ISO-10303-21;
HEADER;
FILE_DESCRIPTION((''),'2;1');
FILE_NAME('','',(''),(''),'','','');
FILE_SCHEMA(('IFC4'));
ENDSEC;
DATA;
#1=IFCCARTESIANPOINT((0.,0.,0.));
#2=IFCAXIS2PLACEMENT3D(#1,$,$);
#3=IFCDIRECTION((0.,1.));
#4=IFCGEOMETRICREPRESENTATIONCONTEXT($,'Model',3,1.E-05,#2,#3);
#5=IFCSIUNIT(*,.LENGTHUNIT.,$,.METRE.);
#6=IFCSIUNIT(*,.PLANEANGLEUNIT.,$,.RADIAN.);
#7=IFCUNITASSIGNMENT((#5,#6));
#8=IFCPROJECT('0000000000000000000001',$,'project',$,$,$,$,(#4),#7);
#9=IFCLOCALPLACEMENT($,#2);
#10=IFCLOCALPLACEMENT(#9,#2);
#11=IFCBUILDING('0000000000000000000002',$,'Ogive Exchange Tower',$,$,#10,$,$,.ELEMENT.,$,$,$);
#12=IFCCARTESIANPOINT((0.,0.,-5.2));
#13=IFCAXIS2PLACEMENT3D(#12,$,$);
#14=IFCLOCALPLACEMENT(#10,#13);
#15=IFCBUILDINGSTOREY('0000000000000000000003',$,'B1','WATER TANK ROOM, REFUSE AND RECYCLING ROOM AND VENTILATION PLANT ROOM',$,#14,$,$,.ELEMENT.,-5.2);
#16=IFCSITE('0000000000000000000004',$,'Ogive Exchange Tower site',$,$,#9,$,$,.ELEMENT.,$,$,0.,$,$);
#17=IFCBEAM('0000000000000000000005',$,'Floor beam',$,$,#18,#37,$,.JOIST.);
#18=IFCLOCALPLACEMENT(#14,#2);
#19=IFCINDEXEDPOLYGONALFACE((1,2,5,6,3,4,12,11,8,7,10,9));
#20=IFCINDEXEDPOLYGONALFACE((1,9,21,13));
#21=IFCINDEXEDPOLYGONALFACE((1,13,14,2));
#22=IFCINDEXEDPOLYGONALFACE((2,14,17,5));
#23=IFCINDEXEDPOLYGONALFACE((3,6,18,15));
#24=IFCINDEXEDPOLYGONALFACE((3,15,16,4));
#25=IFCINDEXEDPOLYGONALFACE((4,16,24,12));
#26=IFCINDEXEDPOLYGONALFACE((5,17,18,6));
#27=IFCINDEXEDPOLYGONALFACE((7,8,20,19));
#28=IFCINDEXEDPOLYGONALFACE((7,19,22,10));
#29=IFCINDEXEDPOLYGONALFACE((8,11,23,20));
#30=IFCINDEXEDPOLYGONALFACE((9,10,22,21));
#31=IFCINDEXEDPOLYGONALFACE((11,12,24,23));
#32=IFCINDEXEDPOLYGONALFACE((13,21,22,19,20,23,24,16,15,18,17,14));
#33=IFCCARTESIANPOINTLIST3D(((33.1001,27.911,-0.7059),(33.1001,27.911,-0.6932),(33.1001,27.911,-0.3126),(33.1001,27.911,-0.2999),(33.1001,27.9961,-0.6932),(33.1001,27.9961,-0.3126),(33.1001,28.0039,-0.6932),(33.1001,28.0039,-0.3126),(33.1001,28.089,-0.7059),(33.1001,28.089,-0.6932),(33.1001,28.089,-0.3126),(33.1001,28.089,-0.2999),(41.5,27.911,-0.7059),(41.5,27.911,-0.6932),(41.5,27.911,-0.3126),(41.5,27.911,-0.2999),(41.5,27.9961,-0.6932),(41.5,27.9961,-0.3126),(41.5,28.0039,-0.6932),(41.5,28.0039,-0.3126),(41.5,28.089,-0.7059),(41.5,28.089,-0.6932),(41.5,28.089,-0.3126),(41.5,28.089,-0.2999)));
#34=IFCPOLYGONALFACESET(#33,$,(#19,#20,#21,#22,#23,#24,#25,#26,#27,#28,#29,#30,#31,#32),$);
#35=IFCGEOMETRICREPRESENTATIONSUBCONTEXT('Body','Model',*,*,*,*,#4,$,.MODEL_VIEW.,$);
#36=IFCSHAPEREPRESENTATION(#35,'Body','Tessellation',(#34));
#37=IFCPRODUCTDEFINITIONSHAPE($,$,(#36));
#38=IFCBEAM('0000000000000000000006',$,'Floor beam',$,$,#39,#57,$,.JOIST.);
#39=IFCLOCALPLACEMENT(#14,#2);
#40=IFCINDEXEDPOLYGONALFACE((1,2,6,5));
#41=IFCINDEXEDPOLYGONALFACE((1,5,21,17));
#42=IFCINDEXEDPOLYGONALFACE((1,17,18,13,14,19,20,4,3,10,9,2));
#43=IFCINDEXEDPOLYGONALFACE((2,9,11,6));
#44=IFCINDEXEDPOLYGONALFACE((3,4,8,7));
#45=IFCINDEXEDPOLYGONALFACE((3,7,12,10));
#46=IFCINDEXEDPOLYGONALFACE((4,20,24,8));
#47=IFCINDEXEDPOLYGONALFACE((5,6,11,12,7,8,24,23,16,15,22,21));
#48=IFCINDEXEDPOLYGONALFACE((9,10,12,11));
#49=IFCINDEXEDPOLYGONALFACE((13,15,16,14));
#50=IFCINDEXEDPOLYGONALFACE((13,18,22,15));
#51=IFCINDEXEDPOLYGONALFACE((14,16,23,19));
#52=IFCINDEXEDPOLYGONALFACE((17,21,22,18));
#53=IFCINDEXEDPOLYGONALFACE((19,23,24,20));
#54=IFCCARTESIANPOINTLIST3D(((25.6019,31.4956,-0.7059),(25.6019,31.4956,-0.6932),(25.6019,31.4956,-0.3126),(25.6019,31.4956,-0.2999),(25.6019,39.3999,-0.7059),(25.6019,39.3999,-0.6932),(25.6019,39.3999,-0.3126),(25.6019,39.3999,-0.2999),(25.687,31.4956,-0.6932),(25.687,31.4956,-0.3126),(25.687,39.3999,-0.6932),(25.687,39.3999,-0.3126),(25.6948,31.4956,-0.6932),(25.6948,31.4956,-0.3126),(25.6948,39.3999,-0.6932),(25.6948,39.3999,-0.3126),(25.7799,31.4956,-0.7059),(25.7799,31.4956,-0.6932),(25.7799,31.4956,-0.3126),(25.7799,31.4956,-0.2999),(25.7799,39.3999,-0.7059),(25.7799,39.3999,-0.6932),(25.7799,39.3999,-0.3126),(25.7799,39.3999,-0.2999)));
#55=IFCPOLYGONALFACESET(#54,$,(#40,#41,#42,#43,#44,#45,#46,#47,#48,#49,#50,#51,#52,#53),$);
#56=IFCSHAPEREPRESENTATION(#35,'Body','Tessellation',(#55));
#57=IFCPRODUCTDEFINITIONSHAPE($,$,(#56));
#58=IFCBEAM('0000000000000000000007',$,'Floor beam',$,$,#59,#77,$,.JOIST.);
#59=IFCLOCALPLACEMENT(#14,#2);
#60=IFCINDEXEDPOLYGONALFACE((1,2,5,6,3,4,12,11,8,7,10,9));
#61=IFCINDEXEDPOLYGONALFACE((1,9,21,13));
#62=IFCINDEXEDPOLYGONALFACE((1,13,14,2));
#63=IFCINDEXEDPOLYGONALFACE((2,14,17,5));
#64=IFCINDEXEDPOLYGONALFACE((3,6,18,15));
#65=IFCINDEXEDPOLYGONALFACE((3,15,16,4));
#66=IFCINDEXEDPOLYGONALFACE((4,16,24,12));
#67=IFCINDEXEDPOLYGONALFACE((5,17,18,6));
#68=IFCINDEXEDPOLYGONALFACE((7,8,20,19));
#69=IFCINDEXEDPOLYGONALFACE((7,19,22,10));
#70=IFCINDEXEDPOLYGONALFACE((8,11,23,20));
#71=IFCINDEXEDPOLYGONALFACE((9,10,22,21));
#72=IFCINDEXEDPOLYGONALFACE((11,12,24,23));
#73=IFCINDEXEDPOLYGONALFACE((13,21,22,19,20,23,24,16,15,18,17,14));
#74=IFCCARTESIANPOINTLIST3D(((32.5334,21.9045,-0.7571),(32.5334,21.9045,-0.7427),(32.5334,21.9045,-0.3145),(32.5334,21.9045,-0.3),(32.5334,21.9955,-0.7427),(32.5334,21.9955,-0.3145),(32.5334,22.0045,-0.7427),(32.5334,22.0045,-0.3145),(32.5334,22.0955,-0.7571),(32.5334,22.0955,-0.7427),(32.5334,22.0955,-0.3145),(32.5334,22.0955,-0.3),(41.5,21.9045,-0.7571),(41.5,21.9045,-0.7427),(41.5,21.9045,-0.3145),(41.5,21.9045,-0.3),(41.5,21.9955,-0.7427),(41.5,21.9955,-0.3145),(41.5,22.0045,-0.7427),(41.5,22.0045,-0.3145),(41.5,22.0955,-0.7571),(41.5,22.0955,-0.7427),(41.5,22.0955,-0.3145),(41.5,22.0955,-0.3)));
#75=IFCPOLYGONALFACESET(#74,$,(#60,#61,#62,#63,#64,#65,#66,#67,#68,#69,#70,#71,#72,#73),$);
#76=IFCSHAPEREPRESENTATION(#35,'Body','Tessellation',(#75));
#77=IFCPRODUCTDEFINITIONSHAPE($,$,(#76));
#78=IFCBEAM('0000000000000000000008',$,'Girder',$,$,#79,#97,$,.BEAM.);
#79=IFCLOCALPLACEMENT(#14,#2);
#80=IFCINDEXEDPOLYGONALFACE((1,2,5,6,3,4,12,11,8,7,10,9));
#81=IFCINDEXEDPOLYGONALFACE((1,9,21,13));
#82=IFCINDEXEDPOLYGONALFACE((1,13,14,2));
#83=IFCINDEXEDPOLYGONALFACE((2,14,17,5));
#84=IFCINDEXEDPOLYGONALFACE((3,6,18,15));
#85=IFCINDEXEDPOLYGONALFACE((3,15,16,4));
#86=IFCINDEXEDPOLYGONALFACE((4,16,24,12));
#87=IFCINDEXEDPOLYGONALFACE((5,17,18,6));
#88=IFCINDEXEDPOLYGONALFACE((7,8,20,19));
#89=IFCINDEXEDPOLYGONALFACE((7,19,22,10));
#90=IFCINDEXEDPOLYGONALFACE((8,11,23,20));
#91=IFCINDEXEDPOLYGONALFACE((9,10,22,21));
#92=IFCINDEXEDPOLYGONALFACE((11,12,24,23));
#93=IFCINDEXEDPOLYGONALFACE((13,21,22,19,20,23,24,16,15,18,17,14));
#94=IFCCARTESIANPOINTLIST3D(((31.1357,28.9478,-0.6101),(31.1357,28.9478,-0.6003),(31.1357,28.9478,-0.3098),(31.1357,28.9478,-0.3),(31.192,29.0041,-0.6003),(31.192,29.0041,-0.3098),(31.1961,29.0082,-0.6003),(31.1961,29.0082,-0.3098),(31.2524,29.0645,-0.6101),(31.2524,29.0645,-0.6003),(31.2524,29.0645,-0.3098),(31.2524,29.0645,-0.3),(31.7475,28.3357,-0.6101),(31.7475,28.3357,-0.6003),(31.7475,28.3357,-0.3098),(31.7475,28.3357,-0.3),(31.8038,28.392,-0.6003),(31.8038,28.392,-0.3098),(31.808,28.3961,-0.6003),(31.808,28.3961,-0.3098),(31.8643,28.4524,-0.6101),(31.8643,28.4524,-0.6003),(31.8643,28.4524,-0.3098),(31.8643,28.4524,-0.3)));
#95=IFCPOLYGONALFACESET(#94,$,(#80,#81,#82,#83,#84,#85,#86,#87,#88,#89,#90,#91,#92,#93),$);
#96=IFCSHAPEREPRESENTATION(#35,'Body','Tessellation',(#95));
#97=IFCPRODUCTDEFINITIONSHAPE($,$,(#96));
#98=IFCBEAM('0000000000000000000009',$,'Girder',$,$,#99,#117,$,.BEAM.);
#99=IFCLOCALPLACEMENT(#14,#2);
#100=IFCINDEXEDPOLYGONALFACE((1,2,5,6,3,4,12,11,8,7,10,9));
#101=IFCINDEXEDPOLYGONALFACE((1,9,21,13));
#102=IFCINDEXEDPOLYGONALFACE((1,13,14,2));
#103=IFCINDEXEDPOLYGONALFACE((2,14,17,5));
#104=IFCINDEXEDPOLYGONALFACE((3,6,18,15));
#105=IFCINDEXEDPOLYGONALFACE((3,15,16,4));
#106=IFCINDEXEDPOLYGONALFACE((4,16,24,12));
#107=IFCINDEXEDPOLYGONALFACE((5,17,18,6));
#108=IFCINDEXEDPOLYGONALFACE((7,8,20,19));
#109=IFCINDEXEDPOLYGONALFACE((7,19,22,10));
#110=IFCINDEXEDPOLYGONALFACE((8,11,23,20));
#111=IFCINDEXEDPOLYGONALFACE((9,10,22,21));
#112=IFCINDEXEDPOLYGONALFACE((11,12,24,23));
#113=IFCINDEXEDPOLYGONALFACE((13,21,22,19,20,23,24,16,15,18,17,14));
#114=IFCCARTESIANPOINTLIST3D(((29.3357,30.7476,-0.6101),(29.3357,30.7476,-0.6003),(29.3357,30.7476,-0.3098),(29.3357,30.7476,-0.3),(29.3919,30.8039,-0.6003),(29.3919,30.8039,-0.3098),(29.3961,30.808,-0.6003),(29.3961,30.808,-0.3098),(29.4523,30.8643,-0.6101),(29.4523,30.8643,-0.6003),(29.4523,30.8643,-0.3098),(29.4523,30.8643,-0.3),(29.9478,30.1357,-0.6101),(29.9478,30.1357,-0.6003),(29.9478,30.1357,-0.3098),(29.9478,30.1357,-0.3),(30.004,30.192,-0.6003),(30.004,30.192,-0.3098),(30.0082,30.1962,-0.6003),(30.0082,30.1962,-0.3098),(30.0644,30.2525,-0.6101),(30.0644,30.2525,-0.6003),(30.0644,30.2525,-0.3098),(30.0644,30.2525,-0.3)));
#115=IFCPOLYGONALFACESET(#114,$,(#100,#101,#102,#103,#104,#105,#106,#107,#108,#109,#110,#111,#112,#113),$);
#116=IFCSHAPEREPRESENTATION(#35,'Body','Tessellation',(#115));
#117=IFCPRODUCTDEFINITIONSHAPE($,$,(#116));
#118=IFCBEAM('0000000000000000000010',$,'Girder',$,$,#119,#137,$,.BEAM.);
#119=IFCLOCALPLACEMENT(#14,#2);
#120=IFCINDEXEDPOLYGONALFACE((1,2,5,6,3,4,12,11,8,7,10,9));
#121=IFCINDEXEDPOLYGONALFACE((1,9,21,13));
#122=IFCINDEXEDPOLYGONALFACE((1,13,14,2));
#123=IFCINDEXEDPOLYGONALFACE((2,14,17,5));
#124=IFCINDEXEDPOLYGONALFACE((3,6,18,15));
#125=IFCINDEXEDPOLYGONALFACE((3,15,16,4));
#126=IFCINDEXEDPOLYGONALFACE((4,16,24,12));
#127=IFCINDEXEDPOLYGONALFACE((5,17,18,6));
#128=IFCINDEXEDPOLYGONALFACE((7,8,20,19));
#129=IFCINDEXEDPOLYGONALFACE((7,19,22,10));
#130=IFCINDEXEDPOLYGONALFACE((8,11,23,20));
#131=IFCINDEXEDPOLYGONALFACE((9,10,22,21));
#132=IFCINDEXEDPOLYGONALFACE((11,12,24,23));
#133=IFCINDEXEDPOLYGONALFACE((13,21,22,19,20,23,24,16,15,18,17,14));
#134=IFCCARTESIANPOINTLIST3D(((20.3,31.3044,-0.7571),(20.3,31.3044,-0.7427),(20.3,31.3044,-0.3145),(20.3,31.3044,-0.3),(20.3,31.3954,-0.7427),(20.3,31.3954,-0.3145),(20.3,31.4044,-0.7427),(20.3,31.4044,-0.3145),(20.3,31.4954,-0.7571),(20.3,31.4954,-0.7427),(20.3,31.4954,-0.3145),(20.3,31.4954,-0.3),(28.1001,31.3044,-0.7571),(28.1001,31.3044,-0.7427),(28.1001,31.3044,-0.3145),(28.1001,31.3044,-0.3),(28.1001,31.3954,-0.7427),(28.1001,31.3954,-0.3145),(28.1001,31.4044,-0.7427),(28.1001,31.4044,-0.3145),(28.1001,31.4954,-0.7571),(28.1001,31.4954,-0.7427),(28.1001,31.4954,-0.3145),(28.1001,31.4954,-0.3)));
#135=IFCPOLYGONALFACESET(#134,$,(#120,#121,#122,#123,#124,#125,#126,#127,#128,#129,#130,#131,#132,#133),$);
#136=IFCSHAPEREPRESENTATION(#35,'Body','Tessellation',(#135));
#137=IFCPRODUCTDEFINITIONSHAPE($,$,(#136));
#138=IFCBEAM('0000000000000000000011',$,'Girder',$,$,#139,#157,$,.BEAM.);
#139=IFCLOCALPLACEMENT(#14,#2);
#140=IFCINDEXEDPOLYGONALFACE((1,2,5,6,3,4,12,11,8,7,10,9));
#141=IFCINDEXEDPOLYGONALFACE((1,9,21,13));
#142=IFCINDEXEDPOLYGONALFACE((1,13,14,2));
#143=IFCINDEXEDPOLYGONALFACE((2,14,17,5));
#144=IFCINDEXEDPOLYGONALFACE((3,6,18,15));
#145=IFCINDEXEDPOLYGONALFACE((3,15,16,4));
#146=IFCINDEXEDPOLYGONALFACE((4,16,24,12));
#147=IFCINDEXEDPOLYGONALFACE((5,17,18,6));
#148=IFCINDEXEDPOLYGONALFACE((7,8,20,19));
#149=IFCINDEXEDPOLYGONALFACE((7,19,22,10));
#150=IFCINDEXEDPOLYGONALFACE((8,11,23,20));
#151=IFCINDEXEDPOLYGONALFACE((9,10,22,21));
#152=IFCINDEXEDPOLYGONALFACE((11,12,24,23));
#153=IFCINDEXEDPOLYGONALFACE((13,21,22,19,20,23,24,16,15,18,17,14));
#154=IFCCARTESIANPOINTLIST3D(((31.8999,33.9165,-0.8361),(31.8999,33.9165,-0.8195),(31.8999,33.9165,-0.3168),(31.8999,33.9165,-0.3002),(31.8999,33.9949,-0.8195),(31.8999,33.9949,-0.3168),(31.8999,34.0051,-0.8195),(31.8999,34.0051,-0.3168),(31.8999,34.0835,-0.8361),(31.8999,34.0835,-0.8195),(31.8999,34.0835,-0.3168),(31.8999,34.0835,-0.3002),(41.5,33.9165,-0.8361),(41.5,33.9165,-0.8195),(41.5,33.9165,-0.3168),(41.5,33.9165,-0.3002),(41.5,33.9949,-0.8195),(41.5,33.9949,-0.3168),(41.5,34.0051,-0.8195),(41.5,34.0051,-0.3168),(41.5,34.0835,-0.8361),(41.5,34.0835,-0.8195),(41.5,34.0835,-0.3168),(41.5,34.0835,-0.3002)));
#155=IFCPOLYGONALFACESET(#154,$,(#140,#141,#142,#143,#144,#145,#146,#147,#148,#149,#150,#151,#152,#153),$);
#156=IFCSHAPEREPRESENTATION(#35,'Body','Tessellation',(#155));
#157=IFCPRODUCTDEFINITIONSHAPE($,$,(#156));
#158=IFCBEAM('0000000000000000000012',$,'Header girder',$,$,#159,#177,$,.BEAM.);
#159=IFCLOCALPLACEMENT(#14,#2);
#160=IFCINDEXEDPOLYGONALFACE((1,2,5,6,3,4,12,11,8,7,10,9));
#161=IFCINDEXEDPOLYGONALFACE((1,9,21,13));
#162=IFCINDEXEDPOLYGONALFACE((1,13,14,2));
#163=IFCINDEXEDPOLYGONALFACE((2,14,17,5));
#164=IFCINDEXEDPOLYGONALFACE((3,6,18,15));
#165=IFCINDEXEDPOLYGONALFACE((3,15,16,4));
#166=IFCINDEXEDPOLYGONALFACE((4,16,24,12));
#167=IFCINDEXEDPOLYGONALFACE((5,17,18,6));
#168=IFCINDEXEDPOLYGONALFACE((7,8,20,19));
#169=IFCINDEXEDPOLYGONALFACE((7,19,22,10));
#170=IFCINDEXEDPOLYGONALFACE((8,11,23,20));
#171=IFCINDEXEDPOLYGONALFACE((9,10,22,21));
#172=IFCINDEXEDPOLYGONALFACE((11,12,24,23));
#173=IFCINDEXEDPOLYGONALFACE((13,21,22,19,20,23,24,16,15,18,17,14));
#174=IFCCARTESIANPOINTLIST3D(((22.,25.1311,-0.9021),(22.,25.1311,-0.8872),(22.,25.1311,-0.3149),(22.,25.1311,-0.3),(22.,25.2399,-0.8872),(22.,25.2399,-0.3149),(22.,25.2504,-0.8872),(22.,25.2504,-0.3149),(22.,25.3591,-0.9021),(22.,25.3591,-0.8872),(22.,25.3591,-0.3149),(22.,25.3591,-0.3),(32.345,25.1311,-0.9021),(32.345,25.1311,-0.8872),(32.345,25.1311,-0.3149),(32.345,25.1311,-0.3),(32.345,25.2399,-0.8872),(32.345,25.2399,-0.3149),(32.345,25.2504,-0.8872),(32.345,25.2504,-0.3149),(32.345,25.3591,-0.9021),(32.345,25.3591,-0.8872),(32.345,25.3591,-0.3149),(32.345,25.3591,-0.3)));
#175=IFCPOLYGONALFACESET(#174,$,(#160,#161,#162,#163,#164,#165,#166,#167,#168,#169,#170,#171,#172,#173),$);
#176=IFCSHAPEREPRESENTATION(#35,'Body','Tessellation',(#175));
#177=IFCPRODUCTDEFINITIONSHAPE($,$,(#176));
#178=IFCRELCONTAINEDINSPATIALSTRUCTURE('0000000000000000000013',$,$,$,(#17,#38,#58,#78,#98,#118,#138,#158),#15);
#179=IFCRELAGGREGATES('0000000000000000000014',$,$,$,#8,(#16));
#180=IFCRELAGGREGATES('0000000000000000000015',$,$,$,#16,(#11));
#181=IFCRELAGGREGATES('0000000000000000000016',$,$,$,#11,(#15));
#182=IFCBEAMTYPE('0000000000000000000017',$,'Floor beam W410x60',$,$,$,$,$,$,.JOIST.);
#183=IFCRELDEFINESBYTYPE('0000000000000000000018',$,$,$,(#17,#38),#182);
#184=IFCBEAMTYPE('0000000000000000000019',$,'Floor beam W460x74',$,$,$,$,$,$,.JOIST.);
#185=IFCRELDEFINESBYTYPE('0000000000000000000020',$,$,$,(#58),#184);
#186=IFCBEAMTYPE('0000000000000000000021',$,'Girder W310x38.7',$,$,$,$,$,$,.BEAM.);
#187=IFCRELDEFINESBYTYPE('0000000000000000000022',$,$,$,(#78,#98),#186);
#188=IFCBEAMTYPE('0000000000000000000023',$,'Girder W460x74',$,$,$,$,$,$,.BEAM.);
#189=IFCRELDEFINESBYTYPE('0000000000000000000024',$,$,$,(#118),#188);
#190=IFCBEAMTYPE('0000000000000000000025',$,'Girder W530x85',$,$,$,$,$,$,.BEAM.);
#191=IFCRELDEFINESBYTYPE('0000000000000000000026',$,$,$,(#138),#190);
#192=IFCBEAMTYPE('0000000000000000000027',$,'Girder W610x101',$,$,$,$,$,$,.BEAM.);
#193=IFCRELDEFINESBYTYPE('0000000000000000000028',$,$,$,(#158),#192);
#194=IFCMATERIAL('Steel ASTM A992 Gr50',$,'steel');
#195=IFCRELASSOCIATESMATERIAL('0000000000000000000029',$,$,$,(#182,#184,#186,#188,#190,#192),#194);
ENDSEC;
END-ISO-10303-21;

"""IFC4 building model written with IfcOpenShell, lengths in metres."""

from ifc_helpers import new_model, si_unit, direction, frame, origin, origin_2d, place, context, subcontext, project, spatial, i_section, extrude, material, material_profile, profile_set, type_object, element, save


model = new_model("IFC4")

# Units and contexts
model_context = context("Model", 3, precision=1e-05, world=origin(), true_north=direction((0.0, 1.0)))
body_context = subcontext(model_context, "Body", "Model", "MODEL_VIEW")
ifc_project = project(units=[si_unit("LENGTHUNIT", "METRE"), si_unit("PLANEANGLEUNIT", "RADIAN")], contexts=[model_context])

# Site, building, storey
site_placement = place(None, origin())
site = spatial("IfcSite", under=ifc_project, at=site_placement, Name="Ogive Exchange Tower site", CompositionType="ELEMENT", RefElevation=0.0)
building_placement = place(site_placement, origin())
building = spatial("IfcBuilding", under=site, at=building_placement, Name="Ogive Exchange Tower", CompositionType="ELEMENT")
storey_placement = place(building_placement, frame((0.0, 0.0, -5.2)))
storey = spatial("IfcBuildingStorey", under=building, at=storey_placement, Name="B1", Description="WATER TANK ROOM, REFUSE AND RECYCLING ROOM AND VENTILATION PLANT ROOM", CompositionType="ELEMENT", Elevation=-5.2)

# Beams
ifc_material_1 = material(Name="Steel ASTM A992 Gr50", Category="steel")
ifc_material_profile_1 = material_profile(ifc_material_1, i_section(OverallWidth=0.178, OverallDepth=0.406, WebThickness=0.0078, FlangeThickness=0.0127, at=origin_2d()), Name="W410x60")
ifc_profile_set_1 = profile_set([ifc_material_profile_1], Name="Steel ASTM A992 Gr50")
beam_type_1 = type_object("IfcBeamType", Name="Floor beam W410x60", PredefinedType="JOIST", material=ifc_profile_set_1)
beam_1_placement = place(storey_placement, frame((33.1001, 28.0, -0.5029), z_axis=(1.0, 0.0, 0.0), x_axis=(0.0, 1.0, 0.0)))
element("IfcBeam", 1, at=beam_1_placement, inside=storey, type_object=beam_type_1, Name="Floor beam", PredefinedType="JOIST", context=body_context, shape_type="SweptSolid", body=[
    extrude(i_section(OverallWidth=0.178, OverallDepth=0.406, WebThickness=0.0078, FlangeThickness=0.0127, at=origin_2d()), origin(), (0.0, 0.0, 1.0), 8.3999),
])
beam_2_placement = place(storey_placement, frame((25.6909, 31.4956, -0.5029), z_axis=(0.0, 1.0, 0.0), x_axis=(-1.0, 0.0, 0.0)))
element("IfcBeam", 2, at=beam_2_placement, inside=storey, type_object=beam_type_1, Name="Floor beam", PredefinedType="JOIST", context=body_context, shape_type="SweptSolid", body=[
    extrude(i_section(OverallWidth=0.178, OverallDepth=0.406, WebThickness=0.0078, FlangeThickness=0.0127, at=origin_2d()), origin(), (0.0, 0.0, 1.0), 7.9043),
])
ifc_material_profile_2 = material_profile(ifc_material_1, i_section(OverallWidth=0.1909, OverallDepth=0.457, WebThickness=0.009, FlangeThickness=0.0144, at=origin_2d()), Name="W460x74")
ifc_profile_set_2 = profile_set([ifc_material_profile_2], Name="Steel ASTM A992 Gr50")
beam_type_2 = type_object("IfcBeamType", Name="Floor beam W460x74", PredefinedType="JOIST", material=ifc_profile_set_2)
beam_3_placement = place(storey_placement, frame((32.5334, 22.0, -0.5286), z_axis=(1.0, 0.0, 0.0), x_axis=(0.0, 1.0, 0.0)))
element("IfcBeam", 3, at=beam_3_placement, inside=storey, type_object=beam_type_2, Name="Floor beam", PredefinedType="JOIST", context=body_context, shape_type="SweptSolid", body=[
    extrude(i_section(OverallWidth=0.1909, OverallDepth=0.457, WebThickness=0.009, FlangeThickness=0.0144, at=origin_2d()), origin(), (0.0, 0.0, 1.0), 8.9666),
])
ifc_material_profile_3 = material_profile(ifc_material_1, i_section(OverallWidth=0.165, OverallDepth=0.3101, WebThickness=0.0059, FlangeThickness=0.0098, at=origin_2d()), Name="W310x38.7")
ifc_profile_set_3 = profile_set([ifc_material_profile_3], Name="Steel ASTM A992 Gr50")
beam_type_3 = type_object("IfcBeamType", Name="Girder W310x38.7", PredefinedType="BEAM", material=ifc_profile_set_3)
for number, where, z_axis, x_axis, name in (
    (4, (31.8059, 28.394, -0.4551), (-0.706966, 0.707248, 0.0), (-0.707248, -0.706966, 0.0), "Girder"),
    (5, (30.0061, 30.1941, -0.4551), (-0.707248, 0.706966, 0.0), (-0.706966, -0.707248, 0.0), "Girder"),
):
    element("IfcBeam", number, at=place(storey_placement, frame(where, z_axis=z_axis, x_axis=x_axis)), inside=storey, type_object=beam_type_3, Name=name, PredefinedType="BEAM", context=body_context, shape_type="SweptSolid", body=[
        extrude(i_section(OverallWidth=0.165, OverallDepth=0.3101, WebThickness=0.0059, FlangeThickness=0.0098, at=origin_2d()), origin(), (0.0, 0.0, 1.0), 0.8655),
    ])
ifc_material_profile_4 = material_profile(ifc_material_1, i_section(OverallWidth=0.1909, OverallDepth=0.457, WebThickness=0.009, FlangeThickness=0.0144, at=origin_2d()), Name="W460x74")
ifc_profile_set_4 = profile_set([ifc_material_profile_4], Name="Steel ASTM A992 Gr50")
beam_type_4 = type_object("IfcBeamType", Name="Girder W460x74", PredefinedType="BEAM", material=ifc_profile_set_4)
beam_4_placement = place(storey_placement, frame((28.1001, 31.3999, -0.5286), z_axis=(-1.0, 0.0, 0.0), x_axis=(0.0, -1.0, 0.0)))
element("IfcBeam", 6, at=beam_4_placement, inside=storey, type_object=beam_type_4, Name="Girder", PredefinedType="BEAM", context=body_context, shape_type="SweptSolid", body=[
    extrude(i_section(OverallWidth=0.1909, OverallDepth=0.457, WebThickness=0.009, FlangeThickness=0.0144, at=origin_2d()), origin(), (0.0, 0.0, 1.0), 7.8),
])
ifc_material_profile_5 = material_profile(ifc_material_1, i_section(OverallWidth=0.167, OverallDepth=0.5359, WebThickness=0.0103, FlangeThickness=0.0166, at=origin_2d()), Name="W530x85")
ifc_profile_set_5 = profile_set([ifc_material_profile_5], Name="Steel ASTM A992 Gr50")
beam_type_5 = type_object("IfcBeamType", Name="Girder W530x85", PredefinedType="BEAM", material=ifc_profile_set_5)
beam_5_placement = place(storey_placement, frame((31.8999, 34.0, -0.5681), z_axis=(1.0, 0.0, 0.0), x_axis=(0.0, 1.0, 0.0)))
element("IfcBeam", 7, at=beam_5_placement, inside=storey, type_object=beam_type_5, Name="Girder", PredefinedType="BEAM", context=body_context, shape_type="SweptSolid", body=[
    extrude(i_section(OverallWidth=0.167, OverallDepth=0.5359, WebThickness=0.0103, FlangeThickness=0.0166, at=origin_2d()), origin(), (0.0, 0.0, 1.0), 9.6001),
])
ifc_material_profile_6 = material_profile(ifc_material_1, i_section(OverallWidth=0.228, OverallDepth=0.6021, WebThickness=0.0105, FlangeThickness=0.0149, at=origin_2d()), Name="W610x101")
ifc_profile_set_6 = profile_set([ifc_material_profile_6], Name="Steel ASTM A992 Gr50")
beam_type_6 = type_object("IfcBeamType", Name="Girder W610x101", PredefinedType="BEAM", material=ifc_profile_set_6)
beam_6_placement = place(storey_placement, frame((22.0, 25.2451, -0.6011), z_axis=(1.0, 0.0, 0.0), x_axis=(0.0, 1.0, 0.0)))
element("IfcBeam", 8, at=beam_6_placement, inside=storey, type_object=beam_type_6, Name="Header girder", PredefinedType="BEAM", context=body_context, shape_type="SweptSolid", body=[
    extrude(i_section(OverallWidth=0.228, OverallDepth=0.6021, WebThickness=0.0105, FlangeThickness=0.0149, at=origin_2d()), origin(), (0.0, 0.0, 1.0), 10.345),
])

save(model, "model.ifc")
